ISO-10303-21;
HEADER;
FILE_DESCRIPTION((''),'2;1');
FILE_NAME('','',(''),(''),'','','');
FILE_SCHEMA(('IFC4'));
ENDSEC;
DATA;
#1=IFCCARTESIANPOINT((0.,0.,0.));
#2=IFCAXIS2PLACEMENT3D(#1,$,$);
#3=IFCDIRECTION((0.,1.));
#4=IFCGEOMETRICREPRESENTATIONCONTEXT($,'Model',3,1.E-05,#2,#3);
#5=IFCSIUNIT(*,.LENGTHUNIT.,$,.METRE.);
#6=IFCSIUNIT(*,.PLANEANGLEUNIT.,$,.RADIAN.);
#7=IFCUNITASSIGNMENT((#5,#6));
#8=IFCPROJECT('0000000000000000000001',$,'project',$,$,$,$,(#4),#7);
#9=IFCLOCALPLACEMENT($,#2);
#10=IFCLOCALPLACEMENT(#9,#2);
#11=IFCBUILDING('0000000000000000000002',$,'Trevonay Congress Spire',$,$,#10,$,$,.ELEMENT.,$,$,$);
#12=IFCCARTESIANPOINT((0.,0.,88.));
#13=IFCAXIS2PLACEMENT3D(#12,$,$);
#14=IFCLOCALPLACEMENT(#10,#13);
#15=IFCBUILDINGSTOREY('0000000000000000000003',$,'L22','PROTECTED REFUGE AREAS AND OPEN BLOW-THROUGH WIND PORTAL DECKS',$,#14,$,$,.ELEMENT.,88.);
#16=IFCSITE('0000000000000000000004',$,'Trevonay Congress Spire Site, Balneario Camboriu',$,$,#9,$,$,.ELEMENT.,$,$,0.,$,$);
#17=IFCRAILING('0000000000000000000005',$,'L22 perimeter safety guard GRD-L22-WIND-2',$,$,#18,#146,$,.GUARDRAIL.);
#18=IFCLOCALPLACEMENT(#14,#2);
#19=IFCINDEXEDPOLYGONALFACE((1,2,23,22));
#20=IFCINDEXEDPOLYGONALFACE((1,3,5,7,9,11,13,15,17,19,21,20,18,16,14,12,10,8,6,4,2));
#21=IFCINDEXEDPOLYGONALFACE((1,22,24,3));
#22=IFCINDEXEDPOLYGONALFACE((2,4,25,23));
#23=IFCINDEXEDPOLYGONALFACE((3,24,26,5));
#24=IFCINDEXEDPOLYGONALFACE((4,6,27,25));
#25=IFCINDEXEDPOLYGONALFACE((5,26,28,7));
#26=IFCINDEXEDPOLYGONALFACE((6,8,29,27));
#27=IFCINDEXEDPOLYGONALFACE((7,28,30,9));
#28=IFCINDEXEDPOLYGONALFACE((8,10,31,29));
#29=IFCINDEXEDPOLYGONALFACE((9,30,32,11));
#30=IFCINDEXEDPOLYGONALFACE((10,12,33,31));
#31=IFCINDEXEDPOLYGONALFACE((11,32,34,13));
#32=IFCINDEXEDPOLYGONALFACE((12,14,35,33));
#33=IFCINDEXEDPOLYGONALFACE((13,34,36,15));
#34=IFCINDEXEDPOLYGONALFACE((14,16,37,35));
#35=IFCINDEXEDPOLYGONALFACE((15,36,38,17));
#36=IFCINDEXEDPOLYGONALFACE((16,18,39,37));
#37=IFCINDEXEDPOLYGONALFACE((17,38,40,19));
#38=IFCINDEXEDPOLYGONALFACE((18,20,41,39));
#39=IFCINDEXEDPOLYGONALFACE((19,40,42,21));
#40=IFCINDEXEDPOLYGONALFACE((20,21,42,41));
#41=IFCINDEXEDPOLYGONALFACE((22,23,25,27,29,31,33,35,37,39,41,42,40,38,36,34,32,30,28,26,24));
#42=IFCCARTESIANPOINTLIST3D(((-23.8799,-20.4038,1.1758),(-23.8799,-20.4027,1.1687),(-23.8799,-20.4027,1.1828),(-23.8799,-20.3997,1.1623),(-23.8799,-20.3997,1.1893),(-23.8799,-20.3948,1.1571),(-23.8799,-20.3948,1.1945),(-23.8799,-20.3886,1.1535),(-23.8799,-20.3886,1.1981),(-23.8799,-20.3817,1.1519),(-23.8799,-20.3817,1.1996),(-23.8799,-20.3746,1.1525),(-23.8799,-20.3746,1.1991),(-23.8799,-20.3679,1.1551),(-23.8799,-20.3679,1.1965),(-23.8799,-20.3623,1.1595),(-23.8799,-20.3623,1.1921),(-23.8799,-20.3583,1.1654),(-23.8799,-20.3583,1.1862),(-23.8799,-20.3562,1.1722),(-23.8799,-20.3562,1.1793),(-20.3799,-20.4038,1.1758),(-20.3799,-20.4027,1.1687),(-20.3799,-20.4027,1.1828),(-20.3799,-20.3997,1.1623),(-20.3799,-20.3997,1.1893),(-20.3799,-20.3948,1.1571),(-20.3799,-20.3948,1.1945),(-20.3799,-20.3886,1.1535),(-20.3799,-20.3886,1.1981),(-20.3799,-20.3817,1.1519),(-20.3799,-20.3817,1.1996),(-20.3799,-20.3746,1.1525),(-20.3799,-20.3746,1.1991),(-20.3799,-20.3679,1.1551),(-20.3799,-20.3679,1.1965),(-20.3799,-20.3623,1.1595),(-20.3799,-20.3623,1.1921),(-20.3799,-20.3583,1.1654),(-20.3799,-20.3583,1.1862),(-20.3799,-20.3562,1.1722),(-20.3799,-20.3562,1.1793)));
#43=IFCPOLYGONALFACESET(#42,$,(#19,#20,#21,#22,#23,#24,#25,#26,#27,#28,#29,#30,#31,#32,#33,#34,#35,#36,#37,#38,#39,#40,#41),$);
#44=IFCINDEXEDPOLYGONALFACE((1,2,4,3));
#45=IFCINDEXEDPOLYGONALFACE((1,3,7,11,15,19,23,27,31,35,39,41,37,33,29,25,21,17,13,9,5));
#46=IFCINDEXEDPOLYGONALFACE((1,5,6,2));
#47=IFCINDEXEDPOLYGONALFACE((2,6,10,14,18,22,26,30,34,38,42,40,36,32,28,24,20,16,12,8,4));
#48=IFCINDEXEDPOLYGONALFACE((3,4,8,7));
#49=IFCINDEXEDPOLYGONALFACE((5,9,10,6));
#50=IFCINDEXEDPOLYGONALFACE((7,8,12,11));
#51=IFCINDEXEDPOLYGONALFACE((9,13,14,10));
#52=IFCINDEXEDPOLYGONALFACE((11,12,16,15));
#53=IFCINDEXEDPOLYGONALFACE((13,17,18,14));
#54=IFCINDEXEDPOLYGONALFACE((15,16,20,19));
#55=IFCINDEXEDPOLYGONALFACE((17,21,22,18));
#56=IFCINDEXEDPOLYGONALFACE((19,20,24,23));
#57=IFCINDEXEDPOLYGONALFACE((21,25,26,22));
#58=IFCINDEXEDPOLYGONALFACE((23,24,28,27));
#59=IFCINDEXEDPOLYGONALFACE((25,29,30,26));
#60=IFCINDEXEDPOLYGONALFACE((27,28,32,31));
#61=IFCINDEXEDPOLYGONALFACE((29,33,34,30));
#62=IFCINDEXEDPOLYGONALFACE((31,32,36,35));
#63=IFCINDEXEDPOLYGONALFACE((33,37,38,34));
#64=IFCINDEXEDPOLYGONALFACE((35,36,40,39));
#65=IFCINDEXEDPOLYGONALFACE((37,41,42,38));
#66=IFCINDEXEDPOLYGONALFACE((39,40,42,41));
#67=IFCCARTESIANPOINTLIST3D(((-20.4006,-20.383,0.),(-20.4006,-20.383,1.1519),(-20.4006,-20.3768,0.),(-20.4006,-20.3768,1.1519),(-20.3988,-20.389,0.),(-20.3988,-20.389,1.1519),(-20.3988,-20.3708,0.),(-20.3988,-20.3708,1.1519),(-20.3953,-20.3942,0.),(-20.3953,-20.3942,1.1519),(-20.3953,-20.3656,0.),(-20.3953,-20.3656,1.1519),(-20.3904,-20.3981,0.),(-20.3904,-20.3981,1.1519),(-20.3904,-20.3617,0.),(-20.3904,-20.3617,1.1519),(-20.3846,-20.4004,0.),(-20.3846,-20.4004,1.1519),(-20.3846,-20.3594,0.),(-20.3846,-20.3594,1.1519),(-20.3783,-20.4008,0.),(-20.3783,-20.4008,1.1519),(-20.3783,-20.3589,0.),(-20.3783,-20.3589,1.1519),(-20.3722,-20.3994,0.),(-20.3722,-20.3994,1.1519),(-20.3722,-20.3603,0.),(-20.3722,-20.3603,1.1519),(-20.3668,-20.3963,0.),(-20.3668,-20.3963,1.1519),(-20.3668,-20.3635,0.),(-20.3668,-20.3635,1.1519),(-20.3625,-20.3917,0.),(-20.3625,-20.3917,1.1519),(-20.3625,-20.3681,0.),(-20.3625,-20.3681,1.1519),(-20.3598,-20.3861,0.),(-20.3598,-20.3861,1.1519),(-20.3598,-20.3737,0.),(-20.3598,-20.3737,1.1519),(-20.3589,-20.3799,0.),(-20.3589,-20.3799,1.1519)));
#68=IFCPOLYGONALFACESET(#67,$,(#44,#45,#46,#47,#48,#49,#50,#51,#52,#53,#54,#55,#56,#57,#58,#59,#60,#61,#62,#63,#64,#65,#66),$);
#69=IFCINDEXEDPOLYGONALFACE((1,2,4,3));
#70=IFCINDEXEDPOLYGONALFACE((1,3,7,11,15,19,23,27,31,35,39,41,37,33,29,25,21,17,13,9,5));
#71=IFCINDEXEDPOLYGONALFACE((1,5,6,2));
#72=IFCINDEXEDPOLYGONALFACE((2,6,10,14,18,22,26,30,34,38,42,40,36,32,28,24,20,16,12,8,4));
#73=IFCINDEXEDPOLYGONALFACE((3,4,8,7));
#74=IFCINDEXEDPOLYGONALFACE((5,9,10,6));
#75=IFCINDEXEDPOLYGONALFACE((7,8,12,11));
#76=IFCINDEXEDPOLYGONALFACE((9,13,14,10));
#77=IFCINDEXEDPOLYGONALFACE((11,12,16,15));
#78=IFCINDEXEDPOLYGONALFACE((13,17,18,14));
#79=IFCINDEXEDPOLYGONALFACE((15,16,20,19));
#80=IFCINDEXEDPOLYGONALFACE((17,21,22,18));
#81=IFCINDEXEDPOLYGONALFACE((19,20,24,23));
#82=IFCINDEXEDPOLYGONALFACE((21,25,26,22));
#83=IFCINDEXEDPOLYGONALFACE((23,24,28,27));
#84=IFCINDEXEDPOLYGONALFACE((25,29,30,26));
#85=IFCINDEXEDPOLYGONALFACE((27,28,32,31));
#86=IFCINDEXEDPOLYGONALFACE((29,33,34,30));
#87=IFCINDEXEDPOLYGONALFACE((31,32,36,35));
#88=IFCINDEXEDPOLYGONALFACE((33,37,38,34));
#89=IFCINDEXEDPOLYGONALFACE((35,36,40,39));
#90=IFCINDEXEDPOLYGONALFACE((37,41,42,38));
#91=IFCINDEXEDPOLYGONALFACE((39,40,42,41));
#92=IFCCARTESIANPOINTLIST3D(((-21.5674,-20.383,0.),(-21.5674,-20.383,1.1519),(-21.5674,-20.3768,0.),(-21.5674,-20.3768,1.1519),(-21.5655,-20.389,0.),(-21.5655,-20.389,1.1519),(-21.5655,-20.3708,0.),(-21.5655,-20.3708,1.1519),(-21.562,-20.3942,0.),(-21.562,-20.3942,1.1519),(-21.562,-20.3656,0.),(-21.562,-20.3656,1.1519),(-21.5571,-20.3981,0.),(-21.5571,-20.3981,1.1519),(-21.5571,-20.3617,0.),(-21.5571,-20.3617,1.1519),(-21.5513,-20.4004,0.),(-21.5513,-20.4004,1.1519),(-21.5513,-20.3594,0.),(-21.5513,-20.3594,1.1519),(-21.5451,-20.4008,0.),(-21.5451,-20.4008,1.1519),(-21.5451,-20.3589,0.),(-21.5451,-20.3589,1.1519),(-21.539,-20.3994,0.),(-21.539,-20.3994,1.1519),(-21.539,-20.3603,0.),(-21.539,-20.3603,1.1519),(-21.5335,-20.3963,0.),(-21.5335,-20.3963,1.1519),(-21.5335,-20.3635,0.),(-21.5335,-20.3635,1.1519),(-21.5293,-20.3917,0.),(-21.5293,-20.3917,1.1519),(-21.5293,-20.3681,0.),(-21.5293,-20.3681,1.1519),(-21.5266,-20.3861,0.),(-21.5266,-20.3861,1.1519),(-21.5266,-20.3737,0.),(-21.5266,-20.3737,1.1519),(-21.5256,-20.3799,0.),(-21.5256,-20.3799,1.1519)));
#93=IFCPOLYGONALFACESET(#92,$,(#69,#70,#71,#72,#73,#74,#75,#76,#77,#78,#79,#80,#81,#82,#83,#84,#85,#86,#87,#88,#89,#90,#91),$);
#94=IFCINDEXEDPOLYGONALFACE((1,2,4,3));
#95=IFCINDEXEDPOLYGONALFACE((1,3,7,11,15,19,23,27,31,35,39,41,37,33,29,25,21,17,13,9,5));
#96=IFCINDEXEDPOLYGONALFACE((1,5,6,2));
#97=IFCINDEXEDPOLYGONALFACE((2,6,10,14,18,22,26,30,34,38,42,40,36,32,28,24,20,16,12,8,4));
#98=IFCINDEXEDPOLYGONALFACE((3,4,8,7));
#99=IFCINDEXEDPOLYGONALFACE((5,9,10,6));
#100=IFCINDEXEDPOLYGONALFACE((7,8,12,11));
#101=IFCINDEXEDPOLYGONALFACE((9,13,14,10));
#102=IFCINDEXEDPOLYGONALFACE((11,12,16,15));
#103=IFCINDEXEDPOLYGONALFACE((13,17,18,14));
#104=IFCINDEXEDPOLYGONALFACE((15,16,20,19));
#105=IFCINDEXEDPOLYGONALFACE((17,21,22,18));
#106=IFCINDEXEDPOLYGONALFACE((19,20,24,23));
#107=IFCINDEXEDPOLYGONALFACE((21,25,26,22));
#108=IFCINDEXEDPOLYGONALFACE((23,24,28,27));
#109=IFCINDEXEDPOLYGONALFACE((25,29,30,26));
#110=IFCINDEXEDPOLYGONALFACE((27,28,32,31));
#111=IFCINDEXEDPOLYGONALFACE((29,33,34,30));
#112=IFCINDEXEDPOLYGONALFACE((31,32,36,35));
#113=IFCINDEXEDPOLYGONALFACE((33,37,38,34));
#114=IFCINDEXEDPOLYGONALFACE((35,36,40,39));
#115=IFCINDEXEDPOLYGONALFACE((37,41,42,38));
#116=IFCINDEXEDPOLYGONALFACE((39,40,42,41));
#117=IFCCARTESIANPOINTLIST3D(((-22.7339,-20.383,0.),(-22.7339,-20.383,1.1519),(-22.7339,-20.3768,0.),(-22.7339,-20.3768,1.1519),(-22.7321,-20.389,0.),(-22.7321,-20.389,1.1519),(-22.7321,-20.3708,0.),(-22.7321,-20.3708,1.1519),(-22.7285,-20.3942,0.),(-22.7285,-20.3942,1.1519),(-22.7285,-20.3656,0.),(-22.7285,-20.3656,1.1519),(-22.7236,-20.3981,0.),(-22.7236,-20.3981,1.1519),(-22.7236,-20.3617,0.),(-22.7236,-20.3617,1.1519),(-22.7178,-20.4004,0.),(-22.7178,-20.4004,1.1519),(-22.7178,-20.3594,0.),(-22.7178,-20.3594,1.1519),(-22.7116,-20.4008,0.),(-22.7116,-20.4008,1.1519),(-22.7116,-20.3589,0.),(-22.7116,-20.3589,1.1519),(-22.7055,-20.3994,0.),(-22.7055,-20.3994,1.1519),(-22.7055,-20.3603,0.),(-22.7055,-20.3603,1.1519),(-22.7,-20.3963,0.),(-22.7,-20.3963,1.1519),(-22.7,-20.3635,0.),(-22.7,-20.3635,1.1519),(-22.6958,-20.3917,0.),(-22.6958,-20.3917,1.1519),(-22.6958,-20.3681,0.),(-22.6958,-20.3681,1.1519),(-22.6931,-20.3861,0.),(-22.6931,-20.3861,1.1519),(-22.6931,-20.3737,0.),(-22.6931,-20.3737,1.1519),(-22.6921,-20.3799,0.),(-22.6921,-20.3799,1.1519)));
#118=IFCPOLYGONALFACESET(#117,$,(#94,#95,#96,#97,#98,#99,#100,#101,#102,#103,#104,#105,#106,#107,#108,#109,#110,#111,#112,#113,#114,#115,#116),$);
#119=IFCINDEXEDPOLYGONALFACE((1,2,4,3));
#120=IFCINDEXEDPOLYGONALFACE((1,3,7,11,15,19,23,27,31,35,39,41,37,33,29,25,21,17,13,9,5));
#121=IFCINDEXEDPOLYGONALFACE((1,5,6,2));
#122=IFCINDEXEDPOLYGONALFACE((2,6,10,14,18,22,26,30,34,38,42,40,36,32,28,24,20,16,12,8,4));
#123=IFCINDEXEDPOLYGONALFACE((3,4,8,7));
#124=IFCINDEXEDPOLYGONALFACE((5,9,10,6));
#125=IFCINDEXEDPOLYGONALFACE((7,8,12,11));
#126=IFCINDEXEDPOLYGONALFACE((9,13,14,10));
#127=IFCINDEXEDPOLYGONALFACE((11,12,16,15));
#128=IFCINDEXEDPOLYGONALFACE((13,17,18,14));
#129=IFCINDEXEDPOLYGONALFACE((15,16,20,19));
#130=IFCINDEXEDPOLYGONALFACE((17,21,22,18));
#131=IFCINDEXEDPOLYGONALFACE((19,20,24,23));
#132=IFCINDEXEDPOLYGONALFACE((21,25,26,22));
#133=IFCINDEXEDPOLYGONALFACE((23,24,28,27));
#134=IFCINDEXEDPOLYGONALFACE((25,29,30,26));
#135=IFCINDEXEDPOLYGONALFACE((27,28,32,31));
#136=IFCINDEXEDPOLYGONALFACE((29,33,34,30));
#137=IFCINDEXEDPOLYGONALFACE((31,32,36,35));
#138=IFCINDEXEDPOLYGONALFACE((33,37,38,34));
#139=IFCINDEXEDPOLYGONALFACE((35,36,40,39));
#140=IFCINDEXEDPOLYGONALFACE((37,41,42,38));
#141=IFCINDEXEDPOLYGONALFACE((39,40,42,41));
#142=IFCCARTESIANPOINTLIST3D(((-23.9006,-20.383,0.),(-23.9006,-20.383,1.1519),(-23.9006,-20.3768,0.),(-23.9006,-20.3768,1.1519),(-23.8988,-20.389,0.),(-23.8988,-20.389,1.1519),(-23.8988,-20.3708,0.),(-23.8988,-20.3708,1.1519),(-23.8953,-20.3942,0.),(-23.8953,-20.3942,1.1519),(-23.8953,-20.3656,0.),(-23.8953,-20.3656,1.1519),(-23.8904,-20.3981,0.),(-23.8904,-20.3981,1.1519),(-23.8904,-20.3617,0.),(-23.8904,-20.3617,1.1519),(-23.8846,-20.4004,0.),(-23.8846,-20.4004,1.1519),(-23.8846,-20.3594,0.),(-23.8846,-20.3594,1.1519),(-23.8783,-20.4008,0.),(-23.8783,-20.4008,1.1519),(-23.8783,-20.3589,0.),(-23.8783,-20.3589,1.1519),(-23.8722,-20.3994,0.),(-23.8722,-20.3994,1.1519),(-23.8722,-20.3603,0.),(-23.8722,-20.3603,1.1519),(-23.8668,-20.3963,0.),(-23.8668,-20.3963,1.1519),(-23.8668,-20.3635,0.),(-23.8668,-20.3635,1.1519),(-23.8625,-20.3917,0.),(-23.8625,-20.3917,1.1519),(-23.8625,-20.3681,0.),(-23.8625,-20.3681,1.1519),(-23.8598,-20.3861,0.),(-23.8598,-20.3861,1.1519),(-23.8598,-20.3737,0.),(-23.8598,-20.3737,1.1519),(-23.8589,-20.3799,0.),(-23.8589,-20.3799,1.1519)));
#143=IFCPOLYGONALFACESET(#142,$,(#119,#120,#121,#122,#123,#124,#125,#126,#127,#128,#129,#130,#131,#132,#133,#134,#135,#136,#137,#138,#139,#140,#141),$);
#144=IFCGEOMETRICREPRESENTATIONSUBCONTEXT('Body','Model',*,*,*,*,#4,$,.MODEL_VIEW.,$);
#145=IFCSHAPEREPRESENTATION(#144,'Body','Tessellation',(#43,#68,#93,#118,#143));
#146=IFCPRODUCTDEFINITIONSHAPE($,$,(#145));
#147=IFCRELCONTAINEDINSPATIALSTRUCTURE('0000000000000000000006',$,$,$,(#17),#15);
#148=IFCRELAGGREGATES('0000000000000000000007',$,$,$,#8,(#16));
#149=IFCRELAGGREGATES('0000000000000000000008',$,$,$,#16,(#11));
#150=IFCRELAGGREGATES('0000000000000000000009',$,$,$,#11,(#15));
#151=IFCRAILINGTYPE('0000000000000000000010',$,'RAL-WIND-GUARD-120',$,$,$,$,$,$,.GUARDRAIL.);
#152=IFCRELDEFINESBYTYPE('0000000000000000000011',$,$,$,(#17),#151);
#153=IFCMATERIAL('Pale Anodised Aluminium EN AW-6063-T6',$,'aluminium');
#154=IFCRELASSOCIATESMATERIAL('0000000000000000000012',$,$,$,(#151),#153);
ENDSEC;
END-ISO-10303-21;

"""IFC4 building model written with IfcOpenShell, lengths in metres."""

from ifc_helpers import new_model, si_unit, direction, frame, origin, origin_2d, place, context, subcontext, project, spatial, circle, extrude, material, type_object, element, save


model = new_model("IFC4")

# Units and contexts
model_context = context("Model", 3, precision=1e-05, world=origin(), true_north=direction((0.0, 1.0)))
body_context = subcontext(model_context, "Body", "Model", "MODEL_VIEW")
ifc_project = project(units=[si_unit("LENGTHUNIT", "METRE"), si_unit("PLANEANGLEUNIT", "RADIAN")], contexts=[model_context])

# Site, building, storey
site_placement = place(None, origin())
site = spatial("IfcSite", under=ifc_project, at=site_placement, Name="Trevonay Congress Spire Site, Balneario Camboriu", CompositionType="ELEMENT", RefElevation=0.0)
building_placement = place(site_placement, origin())
building = spatial("IfcBuilding", under=site, at=building_placement, Name="Trevonay Congress Spire", CompositionType="ELEMENT")
storey_placement = place(building_placement, frame((0.0, 0.0, 88.0)))
storey = spatial("IfcBuildingStorey", under=building, at=storey_placement, Name="L22", Description="PROTECTED REFUGE AREAS AND OPEN BLOW-THROUGH WIND PORTAL DECKS", CompositionType="ELEMENT", Elevation=88.0)

# Railing
ifc_material_1 = material(Name="Pale Anodised Aluminium EN AW-6063-T6", Category="aluminium")
railing_type = type_object("IfcRailingType", Name="RAL-WIND-GUARD-120", PredefinedType="GUARDRAIL", material=ifc_material_1)
railing_1_placement = place(storey_placement, frame((-20.3799, -20.3799, 0.0)))
element("IfcRailing", 1, at=railing_1_placement, inside=storey, type_object=railing_type, Name="L22 perimeter safety guard GRD-L22-WIND-2", PredefinedType="GUARDRAIL", context=body_context, shape_type="SweptSolid", body=[
    extrude(circle(Radius=0.0239, at=origin_2d()), frame((0.0, 0.0, 1.1758), z_axis=(-1.0, 0.0, 0.0), x_axis=(0.0, -1.0, 0.0)), (0.0, 0.0, 1.0), 3.5),
    extrude(circle(Radius=0.021, at=origin_2d()), origin(), (0.0, 0.0, 1.0), 1.1519),
    extrude(circle(Radius=0.021, at=origin_2d()), frame((-1.1667, 0.0, 0.0)), (0.0, 0.0, 1.0), 1.1519),
    extrude(circle(Radius=0.021, at=origin_2d()), frame((-2.3333, 0.0, 0.0)), (0.0, 0.0, 1.0), 1.1519),
    extrude(circle(Radius=0.021, at=origin_2d()), frame((-3.5, 0.0, 0.0)), (0.0, 0.0, 1.0), 1.1519),
])

save(model, "model.ifc")
